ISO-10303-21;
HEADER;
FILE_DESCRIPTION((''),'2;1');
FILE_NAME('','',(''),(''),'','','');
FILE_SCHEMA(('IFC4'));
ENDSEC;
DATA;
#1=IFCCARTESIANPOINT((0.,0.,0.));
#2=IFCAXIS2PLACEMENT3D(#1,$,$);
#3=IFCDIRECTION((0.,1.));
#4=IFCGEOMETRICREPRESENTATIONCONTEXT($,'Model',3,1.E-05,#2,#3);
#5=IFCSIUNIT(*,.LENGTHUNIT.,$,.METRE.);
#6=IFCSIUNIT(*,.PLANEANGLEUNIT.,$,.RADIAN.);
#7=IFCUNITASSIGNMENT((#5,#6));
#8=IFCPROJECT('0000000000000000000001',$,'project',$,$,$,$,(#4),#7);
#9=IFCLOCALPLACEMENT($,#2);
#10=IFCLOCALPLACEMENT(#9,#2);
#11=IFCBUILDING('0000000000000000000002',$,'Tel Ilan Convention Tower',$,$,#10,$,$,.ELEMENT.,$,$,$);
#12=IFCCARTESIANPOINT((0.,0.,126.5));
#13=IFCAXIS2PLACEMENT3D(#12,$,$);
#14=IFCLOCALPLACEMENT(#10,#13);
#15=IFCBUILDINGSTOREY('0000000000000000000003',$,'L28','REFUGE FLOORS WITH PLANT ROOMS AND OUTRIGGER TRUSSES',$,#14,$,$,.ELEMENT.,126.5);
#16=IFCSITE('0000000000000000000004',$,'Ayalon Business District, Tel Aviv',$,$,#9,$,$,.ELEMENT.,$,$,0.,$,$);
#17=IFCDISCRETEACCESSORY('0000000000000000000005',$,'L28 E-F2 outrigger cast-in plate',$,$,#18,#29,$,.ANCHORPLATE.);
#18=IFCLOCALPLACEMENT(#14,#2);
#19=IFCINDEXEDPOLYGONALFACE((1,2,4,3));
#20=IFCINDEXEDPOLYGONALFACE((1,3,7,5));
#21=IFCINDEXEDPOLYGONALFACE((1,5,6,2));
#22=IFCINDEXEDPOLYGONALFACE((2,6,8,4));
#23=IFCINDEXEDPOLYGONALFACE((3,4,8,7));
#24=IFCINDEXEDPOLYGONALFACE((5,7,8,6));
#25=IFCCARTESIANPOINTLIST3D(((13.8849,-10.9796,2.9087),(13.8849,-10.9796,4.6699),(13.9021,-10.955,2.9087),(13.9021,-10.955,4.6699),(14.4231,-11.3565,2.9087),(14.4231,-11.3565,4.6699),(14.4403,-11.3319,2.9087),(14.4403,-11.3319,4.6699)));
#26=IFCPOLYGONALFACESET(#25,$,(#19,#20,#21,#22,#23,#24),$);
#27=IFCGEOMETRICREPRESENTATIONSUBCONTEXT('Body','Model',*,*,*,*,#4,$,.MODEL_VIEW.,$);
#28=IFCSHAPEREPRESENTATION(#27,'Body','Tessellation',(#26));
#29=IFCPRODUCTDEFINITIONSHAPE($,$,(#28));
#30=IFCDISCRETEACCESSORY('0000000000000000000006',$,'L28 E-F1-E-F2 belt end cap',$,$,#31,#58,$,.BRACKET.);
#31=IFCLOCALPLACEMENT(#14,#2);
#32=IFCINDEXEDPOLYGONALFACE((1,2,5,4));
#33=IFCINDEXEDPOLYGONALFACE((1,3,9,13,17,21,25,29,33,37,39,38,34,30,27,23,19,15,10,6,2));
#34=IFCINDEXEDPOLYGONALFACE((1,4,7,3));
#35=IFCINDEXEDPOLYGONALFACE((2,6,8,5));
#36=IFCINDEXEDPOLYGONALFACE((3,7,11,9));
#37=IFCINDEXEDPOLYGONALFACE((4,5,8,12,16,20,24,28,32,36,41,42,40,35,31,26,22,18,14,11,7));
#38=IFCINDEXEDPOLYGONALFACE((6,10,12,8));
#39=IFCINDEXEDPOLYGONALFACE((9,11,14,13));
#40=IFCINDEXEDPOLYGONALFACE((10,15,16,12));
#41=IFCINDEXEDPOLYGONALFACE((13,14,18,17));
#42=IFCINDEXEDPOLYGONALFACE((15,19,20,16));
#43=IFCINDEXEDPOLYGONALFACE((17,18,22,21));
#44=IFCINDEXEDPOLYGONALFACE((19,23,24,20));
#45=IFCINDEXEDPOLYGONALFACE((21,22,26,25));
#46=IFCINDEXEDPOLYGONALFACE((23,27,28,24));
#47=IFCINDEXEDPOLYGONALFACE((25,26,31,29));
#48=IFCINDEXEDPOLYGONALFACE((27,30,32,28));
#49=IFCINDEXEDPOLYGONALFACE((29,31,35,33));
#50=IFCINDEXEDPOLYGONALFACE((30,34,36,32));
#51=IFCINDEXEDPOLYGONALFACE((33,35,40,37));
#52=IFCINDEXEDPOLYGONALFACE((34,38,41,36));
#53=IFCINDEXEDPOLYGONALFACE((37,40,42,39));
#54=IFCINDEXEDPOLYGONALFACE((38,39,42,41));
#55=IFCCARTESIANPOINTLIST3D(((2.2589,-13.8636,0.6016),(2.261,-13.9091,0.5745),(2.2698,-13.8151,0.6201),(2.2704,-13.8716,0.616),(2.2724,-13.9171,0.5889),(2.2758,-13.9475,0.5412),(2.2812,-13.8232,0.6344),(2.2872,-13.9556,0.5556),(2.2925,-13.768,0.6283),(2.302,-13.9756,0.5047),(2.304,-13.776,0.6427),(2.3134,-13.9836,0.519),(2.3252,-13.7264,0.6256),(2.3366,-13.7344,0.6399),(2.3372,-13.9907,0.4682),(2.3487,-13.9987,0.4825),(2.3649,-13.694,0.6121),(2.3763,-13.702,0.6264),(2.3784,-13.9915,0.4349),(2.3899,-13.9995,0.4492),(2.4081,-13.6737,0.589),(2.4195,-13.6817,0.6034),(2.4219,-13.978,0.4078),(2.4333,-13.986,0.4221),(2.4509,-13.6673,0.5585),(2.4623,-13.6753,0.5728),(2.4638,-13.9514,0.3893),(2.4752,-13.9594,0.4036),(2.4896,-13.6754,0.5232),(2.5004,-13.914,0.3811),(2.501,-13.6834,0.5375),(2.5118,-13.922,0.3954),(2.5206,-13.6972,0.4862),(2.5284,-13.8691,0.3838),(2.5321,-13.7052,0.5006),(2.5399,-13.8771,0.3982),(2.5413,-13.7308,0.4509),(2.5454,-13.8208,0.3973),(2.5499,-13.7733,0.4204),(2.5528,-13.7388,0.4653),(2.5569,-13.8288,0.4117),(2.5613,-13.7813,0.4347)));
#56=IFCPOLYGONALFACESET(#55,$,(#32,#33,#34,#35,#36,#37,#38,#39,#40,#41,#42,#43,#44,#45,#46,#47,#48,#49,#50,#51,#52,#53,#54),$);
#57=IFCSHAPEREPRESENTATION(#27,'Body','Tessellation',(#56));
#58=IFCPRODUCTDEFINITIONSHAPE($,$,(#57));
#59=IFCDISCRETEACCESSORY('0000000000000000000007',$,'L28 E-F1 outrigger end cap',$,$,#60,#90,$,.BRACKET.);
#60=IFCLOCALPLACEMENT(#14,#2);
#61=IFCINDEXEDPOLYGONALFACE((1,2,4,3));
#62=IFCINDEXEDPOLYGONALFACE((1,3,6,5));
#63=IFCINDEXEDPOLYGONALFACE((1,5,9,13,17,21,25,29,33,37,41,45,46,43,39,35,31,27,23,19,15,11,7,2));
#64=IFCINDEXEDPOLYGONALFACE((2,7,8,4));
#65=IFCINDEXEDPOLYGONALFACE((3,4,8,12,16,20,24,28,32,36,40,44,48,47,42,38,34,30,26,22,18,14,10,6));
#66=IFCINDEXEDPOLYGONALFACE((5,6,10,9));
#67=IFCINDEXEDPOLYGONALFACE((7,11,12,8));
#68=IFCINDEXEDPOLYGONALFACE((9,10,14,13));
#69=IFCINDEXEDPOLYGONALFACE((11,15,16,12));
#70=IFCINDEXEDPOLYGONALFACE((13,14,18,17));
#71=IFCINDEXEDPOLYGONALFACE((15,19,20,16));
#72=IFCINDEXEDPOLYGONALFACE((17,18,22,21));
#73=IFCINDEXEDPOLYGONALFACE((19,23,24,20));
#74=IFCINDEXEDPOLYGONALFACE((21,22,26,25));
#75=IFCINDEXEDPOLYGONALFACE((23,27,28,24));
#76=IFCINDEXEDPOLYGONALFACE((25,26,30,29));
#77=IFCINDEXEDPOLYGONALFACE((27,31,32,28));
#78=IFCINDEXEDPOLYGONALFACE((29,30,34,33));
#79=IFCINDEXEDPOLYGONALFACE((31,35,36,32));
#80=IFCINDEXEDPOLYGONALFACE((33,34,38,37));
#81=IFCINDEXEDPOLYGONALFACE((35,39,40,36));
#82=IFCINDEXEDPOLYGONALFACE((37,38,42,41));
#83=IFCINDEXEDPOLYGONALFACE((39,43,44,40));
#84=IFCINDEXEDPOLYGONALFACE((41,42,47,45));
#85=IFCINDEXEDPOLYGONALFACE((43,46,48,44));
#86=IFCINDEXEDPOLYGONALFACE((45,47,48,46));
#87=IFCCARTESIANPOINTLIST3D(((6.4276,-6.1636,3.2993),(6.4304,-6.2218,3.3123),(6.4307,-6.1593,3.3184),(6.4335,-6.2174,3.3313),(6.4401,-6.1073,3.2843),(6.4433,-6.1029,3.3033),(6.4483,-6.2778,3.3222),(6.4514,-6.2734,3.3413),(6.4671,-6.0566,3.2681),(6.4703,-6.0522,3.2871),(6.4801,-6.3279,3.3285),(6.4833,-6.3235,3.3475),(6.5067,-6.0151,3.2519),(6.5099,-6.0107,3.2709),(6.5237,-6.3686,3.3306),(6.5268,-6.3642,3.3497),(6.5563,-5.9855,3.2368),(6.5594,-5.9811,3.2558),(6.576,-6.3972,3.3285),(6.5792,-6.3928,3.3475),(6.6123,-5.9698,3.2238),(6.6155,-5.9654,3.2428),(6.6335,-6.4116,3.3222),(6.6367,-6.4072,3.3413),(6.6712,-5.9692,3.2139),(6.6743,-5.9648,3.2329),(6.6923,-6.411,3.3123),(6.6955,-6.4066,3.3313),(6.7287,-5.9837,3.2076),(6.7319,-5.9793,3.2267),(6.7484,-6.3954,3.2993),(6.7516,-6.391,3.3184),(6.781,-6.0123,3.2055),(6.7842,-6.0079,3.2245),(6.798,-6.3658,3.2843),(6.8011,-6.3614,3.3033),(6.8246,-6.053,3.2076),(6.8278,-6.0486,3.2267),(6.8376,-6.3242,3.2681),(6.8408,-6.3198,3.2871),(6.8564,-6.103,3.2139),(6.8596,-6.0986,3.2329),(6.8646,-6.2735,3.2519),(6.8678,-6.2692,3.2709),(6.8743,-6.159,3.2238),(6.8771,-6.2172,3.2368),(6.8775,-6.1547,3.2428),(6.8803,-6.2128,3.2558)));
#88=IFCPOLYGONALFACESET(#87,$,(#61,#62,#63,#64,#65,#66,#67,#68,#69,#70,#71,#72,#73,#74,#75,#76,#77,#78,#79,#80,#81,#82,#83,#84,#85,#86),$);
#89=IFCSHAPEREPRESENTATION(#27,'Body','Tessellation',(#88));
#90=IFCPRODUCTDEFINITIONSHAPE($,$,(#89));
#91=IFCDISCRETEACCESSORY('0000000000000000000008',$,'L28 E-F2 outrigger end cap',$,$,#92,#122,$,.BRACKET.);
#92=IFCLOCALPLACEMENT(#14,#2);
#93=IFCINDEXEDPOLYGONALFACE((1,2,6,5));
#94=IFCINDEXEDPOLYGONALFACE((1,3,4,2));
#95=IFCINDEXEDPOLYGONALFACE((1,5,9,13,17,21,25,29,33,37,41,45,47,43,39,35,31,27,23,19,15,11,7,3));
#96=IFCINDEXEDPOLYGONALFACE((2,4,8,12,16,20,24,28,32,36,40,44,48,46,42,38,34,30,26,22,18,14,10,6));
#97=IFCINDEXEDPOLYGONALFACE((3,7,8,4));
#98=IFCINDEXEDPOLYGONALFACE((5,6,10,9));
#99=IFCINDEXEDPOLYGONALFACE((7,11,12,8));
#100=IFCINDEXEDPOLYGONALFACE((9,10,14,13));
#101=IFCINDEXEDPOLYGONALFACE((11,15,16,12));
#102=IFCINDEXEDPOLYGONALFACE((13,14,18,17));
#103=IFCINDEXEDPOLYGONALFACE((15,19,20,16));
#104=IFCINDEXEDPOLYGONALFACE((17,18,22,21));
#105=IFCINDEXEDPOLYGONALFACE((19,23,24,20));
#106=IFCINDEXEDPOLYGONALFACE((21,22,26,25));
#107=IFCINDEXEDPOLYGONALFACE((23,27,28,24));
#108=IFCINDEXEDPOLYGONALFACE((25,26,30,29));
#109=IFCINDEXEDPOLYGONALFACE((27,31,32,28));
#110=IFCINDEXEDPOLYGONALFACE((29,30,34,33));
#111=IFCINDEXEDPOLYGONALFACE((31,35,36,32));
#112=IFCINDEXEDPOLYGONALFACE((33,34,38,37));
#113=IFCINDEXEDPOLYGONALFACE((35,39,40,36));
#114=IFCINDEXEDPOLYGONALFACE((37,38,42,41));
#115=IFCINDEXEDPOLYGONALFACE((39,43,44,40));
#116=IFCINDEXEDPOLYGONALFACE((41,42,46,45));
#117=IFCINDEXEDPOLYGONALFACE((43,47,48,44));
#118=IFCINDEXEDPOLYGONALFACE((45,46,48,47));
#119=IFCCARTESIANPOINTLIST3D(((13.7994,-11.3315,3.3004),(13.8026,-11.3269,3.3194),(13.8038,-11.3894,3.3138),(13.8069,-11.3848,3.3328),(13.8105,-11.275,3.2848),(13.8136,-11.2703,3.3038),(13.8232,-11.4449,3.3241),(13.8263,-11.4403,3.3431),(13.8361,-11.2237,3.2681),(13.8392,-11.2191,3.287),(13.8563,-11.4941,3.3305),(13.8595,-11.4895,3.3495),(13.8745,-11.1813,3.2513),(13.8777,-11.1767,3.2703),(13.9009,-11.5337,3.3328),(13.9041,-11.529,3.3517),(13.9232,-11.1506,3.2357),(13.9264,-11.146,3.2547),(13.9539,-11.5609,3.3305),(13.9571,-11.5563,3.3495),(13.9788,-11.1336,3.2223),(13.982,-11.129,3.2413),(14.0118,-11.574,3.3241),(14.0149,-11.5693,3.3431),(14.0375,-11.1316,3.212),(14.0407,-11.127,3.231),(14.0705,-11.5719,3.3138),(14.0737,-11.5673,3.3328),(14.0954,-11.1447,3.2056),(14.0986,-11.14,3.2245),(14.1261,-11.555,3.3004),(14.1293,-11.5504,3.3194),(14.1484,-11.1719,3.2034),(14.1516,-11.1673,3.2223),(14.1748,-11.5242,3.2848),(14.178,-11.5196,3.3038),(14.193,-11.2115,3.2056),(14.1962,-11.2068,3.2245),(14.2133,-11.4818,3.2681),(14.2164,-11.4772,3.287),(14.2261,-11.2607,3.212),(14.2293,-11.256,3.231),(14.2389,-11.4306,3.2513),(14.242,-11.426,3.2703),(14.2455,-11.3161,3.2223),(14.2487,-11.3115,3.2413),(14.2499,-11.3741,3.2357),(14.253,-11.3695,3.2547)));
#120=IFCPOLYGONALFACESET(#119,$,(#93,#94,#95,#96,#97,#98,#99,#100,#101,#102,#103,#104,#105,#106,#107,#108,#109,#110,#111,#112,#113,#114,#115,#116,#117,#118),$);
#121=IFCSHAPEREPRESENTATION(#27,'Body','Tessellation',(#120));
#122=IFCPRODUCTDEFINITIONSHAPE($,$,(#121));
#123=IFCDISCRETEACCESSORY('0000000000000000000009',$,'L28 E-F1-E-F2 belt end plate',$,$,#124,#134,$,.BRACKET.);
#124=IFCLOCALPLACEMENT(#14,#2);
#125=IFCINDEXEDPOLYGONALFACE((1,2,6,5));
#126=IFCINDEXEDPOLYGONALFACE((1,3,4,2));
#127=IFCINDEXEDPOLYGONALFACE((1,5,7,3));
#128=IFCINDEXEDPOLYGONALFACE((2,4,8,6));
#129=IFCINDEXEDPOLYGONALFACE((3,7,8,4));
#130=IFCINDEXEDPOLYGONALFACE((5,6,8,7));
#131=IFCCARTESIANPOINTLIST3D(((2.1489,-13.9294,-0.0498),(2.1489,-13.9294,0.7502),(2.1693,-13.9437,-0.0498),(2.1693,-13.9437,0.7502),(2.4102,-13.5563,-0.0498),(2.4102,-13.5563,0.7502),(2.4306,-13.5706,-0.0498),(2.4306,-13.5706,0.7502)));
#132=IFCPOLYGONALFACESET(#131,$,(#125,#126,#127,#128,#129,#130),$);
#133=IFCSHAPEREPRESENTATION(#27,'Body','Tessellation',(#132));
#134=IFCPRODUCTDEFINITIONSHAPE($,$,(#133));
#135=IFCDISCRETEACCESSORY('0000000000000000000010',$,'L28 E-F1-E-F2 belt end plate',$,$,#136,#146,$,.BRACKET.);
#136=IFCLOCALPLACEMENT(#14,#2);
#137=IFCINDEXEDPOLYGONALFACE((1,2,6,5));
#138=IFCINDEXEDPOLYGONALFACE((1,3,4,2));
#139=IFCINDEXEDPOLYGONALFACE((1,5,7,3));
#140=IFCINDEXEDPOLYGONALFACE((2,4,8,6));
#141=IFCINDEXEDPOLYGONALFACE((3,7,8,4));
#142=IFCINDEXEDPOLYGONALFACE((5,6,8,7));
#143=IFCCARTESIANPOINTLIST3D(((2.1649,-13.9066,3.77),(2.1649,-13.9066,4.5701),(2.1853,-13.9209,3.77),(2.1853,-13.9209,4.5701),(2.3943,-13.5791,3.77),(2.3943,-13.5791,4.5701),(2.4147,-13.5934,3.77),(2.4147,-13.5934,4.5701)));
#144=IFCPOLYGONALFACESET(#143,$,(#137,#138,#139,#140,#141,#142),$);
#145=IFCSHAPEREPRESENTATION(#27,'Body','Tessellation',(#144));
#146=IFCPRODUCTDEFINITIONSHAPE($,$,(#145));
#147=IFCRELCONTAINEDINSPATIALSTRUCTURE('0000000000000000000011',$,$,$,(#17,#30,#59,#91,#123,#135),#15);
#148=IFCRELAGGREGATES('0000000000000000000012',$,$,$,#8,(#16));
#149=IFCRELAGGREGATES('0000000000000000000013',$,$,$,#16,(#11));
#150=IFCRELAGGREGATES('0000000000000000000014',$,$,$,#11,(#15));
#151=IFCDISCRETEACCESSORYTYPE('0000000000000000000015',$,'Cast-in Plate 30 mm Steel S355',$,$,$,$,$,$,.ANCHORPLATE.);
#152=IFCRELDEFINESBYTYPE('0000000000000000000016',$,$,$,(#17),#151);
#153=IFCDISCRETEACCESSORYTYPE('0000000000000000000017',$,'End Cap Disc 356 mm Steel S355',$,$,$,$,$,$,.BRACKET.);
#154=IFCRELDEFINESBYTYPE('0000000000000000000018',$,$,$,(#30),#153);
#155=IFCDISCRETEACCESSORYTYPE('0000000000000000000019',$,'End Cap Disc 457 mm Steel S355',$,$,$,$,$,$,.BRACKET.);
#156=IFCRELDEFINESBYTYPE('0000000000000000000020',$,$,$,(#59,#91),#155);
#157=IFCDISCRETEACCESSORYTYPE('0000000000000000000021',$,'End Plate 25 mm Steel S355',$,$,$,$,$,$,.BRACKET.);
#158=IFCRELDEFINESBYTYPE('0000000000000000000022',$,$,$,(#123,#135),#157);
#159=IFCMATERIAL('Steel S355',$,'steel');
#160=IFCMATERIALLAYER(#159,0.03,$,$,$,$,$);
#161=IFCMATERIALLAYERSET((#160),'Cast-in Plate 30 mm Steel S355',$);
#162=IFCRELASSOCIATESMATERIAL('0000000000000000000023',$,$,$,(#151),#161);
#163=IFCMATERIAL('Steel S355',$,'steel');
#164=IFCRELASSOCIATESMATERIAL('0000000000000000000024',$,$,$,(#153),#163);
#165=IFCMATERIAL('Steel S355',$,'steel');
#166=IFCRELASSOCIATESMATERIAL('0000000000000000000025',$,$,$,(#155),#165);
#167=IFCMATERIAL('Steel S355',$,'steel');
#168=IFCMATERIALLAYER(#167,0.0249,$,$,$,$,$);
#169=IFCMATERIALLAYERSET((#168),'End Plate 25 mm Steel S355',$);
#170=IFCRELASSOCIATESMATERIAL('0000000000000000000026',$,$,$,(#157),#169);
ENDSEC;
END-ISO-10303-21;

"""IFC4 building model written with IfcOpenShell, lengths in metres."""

from ifc_helpers import new_model, si_unit, direction, frame, origin, origin_2d, place, context, subcontext, project, spatial, rectangle, circle, extrude, material, layer, layer_set, material_profile, profile_set, type_object, element, save


model = new_model("IFC4")

# Units and contexts
model_context = context("Model", 3, precision=1e-05, world=origin(), true_north=direction((0.0, 1.0)))
body_context = subcontext(model_context, "Body", "Model", "MODEL_VIEW")
ifc_project = project(units=[si_unit("LENGTHUNIT", "METRE"), si_unit("PLANEANGLEUNIT", "RADIAN")], contexts=[model_context])

# Site, building, storey
site_placement = place(None, origin())
site = spatial("IfcSite", under=ifc_project, at=site_placement, Name="Ayalon Business District, Tel Aviv", CompositionType="ELEMENT", RefElevation=0.0)
building_placement = place(site_placement, origin())
building = spatial("IfcBuilding", under=site, at=building_placement, Name="Tel Ilan Convention Tower", CompositionType="ELEMENT")
storey_placement = place(building_placement, frame((0.0, 0.0, 126.5)))
storey = spatial("IfcBuildingStorey", under=building, at=storey_placement, Name="L28", Description="REFUGE FLOORS WITH PLANT ROOMS AND OUTRIGGER TRUSSES", CompositionType="ELEMENT", Elevation=126.5)

# Discrete accessories
ifc_material_1 = material(Name="Steel S355", Category="steel")
ifc_layer_1 = layer(ifc_material_1, 0.03)
ifc_layer_set_1 = layer_set([ifc_layer_1], Name="Cast-in Plate 30 mm Steel S355")
discrete_accessory_type_1 = type_object("IfcDiscreteAccessoryType", Name="Cast-in Plate 30 mm Steel S355", PredefinedType="ANCHORPLATE", material=ifc_layer_set_1)
discrete_accessory_1_placement = place(storey_placement, frame((14.1626, -11.1558, 2.9087), z_axis=(0.0, 0.0, 1.0), x_axis=(0.573576, 0.819152, 0.0)))
element("IfcDiscreteAccessory", 1, at=discrete_accessory_1_placement, inside=storey, type_object=discrete_accessory_type_1, Name="L28 E-F2 outrigger cast-in plate", PredefinedType="ANCHORPLATE", context=body_context, shape_type="SweptSolid", body=[
    extrude(rectangle(XDim=0.03, YDim=0.657, at=origin_2d()), origin(), (0.0, 0.0, 1.0), 1.7612),
])
ifc_material_2 = material(Name="Steel S355", Category="steel")
ifc_material_profile_1 = material_profile(ifc_material_2, circle(Radius=0.1777, at=origin_2d()), Name="End Cap Disc 356 mm Steel S355")
ifc_profile_set_1 = profile_set([ifc_material_profile_1], Name="Steel S355")
discrete_accessory_type_2 = type_object("IfcDiscreteAccessoryType", Name="End Cap Disc 356 mm Steel S355", PredefinedType="BRACKET", material=ifc_profile_set_1)
discrete_accessory_2_placement = place(storey_placement, frame((2.4155, -13.8381, 0.519), z_axis=(-0.570841, 0.400803, -0.716587), x_axis=(-0.57463, -0.818413, 0.0)))
element("IfcDiscreteAccessory", 2, at=discrete_accessory_2_placement, inside=storey, type_object=discrete_accessory_type_2, Name="L28 E-F1-E-F2 belt end cap", PredefinedType="BRACKET", context=body_context, shape_type="SweptSolid", body=[
    extrude(circle(Radius=0.1777, at=origin_2d()), origin(), (0.0, 0.0, 1.0), 0.02),
])
ifc_material_3 = material(Name="Steel S355", Category="steel")
ifc_material_profile_2 = material_profile(ifc_material_3, circle(Radius=0.2285, at=origin_2d()), Name="End Cap Disc 457 mm Steel S355")
ifc_profile_set_2 = profile_set([ifc_material_profile_2], Name="Steel S355")
discrete_accessory_type_3 = type_object("IfcDiscreteAccessoryType", Name="End Cap Disc 457 mm Steel S355", PredefinedType="BRACKET", material=ifc_profile_set_2)
for number, where, z_axis, x_axis, name in (
    (3, (6.6523, -6.1904, 3.2681), (0.160298, 0.221952, 0.961791), (-0.810679, 0.585491, 0.0), "L28 E-F1 outrigger end cap"),
    (4, (14.0247, -11.3528, 3.2681), (0.159849, 0.233626, 0.959097), (-0.825307, 0.564684, 0.0), "L28 E-F2 outrigger end cap"),
):
    element("IfcDiscreteAccessory", number, at=place(storey_placement, frame(where, z_axis=z_axis, x_axis=x_axis)), inside=storey, type_object=discrete_accessory_type_3, Name=name, PredefinedType="BRACKET", context=body_context, shape_type="SweptSolid", body=[
        extrude(circle(Radius=0.2285, at=origin_2d()), origin(), (0.0, 0.0, 1.0), 0.0198),
    ])
ifc_material_4 = material(Name="Steel S355", Category="steel")
ifc_layer_2 = layer(ifc_material_4, 0.0249)
ifc_layer_set_2 = layer_set([ifc_layer_2], Name="End Plate 25 mm Steel S355")
discrete_accessory_type_4 = type_object("IfcDiscreteAccessoryType", Name="End Plate 25 mm Steel S355", PredefinedType="BRACKET", material=ifc_layer_set_2)
discrete_accessory_3_placement = place(storey_placement, frame((2.2898, -13.75, -0.0498), z_axis=(0.0, 0.0, 1.0), x_axis=(-0.819152, 0.573576, 0.0)))
element("IfcDiscreteAccessory", 5, at=discrete_accessory_3_placement, inside=storey, type_object=discrete_accessory_type_4, Name="L28 E-F1-E-F2 belt end plate", PredefinedType="BRACKET", context=body_context, shape_type="SweptSolid", body=[
    extrude(rectangle(XDim=0.0249, YDim=0.4556, at=origin_2d()), origin(), (0.0, 0.0, 1.0), 0.8),
])
discrete_accessory_4_placement = place(storey_placement, frame((2.2898, -13.75, 3.77), z_axis=(0.0, 0.0, 1.0), x_axis=(-0.819152, 0.573576, 0.0)))
element("IfcDiscreteAccessory", 6, at=discrete_accessory_4_placement, inside=storey, type_object=discrete_accessory_type_4, Name="L28 E-F1-E-F2 belt end plate", PredefinedType="BRACKET", context=body_context, shape_type="SweptSolid", body=[
    extrude(rectangle(XDim=0.0249, YDim=0.3999, at=origin_2d()), origin(), (0.0, 0.0, 1.0), 0.8),
])

save(model, "model.ifc")
